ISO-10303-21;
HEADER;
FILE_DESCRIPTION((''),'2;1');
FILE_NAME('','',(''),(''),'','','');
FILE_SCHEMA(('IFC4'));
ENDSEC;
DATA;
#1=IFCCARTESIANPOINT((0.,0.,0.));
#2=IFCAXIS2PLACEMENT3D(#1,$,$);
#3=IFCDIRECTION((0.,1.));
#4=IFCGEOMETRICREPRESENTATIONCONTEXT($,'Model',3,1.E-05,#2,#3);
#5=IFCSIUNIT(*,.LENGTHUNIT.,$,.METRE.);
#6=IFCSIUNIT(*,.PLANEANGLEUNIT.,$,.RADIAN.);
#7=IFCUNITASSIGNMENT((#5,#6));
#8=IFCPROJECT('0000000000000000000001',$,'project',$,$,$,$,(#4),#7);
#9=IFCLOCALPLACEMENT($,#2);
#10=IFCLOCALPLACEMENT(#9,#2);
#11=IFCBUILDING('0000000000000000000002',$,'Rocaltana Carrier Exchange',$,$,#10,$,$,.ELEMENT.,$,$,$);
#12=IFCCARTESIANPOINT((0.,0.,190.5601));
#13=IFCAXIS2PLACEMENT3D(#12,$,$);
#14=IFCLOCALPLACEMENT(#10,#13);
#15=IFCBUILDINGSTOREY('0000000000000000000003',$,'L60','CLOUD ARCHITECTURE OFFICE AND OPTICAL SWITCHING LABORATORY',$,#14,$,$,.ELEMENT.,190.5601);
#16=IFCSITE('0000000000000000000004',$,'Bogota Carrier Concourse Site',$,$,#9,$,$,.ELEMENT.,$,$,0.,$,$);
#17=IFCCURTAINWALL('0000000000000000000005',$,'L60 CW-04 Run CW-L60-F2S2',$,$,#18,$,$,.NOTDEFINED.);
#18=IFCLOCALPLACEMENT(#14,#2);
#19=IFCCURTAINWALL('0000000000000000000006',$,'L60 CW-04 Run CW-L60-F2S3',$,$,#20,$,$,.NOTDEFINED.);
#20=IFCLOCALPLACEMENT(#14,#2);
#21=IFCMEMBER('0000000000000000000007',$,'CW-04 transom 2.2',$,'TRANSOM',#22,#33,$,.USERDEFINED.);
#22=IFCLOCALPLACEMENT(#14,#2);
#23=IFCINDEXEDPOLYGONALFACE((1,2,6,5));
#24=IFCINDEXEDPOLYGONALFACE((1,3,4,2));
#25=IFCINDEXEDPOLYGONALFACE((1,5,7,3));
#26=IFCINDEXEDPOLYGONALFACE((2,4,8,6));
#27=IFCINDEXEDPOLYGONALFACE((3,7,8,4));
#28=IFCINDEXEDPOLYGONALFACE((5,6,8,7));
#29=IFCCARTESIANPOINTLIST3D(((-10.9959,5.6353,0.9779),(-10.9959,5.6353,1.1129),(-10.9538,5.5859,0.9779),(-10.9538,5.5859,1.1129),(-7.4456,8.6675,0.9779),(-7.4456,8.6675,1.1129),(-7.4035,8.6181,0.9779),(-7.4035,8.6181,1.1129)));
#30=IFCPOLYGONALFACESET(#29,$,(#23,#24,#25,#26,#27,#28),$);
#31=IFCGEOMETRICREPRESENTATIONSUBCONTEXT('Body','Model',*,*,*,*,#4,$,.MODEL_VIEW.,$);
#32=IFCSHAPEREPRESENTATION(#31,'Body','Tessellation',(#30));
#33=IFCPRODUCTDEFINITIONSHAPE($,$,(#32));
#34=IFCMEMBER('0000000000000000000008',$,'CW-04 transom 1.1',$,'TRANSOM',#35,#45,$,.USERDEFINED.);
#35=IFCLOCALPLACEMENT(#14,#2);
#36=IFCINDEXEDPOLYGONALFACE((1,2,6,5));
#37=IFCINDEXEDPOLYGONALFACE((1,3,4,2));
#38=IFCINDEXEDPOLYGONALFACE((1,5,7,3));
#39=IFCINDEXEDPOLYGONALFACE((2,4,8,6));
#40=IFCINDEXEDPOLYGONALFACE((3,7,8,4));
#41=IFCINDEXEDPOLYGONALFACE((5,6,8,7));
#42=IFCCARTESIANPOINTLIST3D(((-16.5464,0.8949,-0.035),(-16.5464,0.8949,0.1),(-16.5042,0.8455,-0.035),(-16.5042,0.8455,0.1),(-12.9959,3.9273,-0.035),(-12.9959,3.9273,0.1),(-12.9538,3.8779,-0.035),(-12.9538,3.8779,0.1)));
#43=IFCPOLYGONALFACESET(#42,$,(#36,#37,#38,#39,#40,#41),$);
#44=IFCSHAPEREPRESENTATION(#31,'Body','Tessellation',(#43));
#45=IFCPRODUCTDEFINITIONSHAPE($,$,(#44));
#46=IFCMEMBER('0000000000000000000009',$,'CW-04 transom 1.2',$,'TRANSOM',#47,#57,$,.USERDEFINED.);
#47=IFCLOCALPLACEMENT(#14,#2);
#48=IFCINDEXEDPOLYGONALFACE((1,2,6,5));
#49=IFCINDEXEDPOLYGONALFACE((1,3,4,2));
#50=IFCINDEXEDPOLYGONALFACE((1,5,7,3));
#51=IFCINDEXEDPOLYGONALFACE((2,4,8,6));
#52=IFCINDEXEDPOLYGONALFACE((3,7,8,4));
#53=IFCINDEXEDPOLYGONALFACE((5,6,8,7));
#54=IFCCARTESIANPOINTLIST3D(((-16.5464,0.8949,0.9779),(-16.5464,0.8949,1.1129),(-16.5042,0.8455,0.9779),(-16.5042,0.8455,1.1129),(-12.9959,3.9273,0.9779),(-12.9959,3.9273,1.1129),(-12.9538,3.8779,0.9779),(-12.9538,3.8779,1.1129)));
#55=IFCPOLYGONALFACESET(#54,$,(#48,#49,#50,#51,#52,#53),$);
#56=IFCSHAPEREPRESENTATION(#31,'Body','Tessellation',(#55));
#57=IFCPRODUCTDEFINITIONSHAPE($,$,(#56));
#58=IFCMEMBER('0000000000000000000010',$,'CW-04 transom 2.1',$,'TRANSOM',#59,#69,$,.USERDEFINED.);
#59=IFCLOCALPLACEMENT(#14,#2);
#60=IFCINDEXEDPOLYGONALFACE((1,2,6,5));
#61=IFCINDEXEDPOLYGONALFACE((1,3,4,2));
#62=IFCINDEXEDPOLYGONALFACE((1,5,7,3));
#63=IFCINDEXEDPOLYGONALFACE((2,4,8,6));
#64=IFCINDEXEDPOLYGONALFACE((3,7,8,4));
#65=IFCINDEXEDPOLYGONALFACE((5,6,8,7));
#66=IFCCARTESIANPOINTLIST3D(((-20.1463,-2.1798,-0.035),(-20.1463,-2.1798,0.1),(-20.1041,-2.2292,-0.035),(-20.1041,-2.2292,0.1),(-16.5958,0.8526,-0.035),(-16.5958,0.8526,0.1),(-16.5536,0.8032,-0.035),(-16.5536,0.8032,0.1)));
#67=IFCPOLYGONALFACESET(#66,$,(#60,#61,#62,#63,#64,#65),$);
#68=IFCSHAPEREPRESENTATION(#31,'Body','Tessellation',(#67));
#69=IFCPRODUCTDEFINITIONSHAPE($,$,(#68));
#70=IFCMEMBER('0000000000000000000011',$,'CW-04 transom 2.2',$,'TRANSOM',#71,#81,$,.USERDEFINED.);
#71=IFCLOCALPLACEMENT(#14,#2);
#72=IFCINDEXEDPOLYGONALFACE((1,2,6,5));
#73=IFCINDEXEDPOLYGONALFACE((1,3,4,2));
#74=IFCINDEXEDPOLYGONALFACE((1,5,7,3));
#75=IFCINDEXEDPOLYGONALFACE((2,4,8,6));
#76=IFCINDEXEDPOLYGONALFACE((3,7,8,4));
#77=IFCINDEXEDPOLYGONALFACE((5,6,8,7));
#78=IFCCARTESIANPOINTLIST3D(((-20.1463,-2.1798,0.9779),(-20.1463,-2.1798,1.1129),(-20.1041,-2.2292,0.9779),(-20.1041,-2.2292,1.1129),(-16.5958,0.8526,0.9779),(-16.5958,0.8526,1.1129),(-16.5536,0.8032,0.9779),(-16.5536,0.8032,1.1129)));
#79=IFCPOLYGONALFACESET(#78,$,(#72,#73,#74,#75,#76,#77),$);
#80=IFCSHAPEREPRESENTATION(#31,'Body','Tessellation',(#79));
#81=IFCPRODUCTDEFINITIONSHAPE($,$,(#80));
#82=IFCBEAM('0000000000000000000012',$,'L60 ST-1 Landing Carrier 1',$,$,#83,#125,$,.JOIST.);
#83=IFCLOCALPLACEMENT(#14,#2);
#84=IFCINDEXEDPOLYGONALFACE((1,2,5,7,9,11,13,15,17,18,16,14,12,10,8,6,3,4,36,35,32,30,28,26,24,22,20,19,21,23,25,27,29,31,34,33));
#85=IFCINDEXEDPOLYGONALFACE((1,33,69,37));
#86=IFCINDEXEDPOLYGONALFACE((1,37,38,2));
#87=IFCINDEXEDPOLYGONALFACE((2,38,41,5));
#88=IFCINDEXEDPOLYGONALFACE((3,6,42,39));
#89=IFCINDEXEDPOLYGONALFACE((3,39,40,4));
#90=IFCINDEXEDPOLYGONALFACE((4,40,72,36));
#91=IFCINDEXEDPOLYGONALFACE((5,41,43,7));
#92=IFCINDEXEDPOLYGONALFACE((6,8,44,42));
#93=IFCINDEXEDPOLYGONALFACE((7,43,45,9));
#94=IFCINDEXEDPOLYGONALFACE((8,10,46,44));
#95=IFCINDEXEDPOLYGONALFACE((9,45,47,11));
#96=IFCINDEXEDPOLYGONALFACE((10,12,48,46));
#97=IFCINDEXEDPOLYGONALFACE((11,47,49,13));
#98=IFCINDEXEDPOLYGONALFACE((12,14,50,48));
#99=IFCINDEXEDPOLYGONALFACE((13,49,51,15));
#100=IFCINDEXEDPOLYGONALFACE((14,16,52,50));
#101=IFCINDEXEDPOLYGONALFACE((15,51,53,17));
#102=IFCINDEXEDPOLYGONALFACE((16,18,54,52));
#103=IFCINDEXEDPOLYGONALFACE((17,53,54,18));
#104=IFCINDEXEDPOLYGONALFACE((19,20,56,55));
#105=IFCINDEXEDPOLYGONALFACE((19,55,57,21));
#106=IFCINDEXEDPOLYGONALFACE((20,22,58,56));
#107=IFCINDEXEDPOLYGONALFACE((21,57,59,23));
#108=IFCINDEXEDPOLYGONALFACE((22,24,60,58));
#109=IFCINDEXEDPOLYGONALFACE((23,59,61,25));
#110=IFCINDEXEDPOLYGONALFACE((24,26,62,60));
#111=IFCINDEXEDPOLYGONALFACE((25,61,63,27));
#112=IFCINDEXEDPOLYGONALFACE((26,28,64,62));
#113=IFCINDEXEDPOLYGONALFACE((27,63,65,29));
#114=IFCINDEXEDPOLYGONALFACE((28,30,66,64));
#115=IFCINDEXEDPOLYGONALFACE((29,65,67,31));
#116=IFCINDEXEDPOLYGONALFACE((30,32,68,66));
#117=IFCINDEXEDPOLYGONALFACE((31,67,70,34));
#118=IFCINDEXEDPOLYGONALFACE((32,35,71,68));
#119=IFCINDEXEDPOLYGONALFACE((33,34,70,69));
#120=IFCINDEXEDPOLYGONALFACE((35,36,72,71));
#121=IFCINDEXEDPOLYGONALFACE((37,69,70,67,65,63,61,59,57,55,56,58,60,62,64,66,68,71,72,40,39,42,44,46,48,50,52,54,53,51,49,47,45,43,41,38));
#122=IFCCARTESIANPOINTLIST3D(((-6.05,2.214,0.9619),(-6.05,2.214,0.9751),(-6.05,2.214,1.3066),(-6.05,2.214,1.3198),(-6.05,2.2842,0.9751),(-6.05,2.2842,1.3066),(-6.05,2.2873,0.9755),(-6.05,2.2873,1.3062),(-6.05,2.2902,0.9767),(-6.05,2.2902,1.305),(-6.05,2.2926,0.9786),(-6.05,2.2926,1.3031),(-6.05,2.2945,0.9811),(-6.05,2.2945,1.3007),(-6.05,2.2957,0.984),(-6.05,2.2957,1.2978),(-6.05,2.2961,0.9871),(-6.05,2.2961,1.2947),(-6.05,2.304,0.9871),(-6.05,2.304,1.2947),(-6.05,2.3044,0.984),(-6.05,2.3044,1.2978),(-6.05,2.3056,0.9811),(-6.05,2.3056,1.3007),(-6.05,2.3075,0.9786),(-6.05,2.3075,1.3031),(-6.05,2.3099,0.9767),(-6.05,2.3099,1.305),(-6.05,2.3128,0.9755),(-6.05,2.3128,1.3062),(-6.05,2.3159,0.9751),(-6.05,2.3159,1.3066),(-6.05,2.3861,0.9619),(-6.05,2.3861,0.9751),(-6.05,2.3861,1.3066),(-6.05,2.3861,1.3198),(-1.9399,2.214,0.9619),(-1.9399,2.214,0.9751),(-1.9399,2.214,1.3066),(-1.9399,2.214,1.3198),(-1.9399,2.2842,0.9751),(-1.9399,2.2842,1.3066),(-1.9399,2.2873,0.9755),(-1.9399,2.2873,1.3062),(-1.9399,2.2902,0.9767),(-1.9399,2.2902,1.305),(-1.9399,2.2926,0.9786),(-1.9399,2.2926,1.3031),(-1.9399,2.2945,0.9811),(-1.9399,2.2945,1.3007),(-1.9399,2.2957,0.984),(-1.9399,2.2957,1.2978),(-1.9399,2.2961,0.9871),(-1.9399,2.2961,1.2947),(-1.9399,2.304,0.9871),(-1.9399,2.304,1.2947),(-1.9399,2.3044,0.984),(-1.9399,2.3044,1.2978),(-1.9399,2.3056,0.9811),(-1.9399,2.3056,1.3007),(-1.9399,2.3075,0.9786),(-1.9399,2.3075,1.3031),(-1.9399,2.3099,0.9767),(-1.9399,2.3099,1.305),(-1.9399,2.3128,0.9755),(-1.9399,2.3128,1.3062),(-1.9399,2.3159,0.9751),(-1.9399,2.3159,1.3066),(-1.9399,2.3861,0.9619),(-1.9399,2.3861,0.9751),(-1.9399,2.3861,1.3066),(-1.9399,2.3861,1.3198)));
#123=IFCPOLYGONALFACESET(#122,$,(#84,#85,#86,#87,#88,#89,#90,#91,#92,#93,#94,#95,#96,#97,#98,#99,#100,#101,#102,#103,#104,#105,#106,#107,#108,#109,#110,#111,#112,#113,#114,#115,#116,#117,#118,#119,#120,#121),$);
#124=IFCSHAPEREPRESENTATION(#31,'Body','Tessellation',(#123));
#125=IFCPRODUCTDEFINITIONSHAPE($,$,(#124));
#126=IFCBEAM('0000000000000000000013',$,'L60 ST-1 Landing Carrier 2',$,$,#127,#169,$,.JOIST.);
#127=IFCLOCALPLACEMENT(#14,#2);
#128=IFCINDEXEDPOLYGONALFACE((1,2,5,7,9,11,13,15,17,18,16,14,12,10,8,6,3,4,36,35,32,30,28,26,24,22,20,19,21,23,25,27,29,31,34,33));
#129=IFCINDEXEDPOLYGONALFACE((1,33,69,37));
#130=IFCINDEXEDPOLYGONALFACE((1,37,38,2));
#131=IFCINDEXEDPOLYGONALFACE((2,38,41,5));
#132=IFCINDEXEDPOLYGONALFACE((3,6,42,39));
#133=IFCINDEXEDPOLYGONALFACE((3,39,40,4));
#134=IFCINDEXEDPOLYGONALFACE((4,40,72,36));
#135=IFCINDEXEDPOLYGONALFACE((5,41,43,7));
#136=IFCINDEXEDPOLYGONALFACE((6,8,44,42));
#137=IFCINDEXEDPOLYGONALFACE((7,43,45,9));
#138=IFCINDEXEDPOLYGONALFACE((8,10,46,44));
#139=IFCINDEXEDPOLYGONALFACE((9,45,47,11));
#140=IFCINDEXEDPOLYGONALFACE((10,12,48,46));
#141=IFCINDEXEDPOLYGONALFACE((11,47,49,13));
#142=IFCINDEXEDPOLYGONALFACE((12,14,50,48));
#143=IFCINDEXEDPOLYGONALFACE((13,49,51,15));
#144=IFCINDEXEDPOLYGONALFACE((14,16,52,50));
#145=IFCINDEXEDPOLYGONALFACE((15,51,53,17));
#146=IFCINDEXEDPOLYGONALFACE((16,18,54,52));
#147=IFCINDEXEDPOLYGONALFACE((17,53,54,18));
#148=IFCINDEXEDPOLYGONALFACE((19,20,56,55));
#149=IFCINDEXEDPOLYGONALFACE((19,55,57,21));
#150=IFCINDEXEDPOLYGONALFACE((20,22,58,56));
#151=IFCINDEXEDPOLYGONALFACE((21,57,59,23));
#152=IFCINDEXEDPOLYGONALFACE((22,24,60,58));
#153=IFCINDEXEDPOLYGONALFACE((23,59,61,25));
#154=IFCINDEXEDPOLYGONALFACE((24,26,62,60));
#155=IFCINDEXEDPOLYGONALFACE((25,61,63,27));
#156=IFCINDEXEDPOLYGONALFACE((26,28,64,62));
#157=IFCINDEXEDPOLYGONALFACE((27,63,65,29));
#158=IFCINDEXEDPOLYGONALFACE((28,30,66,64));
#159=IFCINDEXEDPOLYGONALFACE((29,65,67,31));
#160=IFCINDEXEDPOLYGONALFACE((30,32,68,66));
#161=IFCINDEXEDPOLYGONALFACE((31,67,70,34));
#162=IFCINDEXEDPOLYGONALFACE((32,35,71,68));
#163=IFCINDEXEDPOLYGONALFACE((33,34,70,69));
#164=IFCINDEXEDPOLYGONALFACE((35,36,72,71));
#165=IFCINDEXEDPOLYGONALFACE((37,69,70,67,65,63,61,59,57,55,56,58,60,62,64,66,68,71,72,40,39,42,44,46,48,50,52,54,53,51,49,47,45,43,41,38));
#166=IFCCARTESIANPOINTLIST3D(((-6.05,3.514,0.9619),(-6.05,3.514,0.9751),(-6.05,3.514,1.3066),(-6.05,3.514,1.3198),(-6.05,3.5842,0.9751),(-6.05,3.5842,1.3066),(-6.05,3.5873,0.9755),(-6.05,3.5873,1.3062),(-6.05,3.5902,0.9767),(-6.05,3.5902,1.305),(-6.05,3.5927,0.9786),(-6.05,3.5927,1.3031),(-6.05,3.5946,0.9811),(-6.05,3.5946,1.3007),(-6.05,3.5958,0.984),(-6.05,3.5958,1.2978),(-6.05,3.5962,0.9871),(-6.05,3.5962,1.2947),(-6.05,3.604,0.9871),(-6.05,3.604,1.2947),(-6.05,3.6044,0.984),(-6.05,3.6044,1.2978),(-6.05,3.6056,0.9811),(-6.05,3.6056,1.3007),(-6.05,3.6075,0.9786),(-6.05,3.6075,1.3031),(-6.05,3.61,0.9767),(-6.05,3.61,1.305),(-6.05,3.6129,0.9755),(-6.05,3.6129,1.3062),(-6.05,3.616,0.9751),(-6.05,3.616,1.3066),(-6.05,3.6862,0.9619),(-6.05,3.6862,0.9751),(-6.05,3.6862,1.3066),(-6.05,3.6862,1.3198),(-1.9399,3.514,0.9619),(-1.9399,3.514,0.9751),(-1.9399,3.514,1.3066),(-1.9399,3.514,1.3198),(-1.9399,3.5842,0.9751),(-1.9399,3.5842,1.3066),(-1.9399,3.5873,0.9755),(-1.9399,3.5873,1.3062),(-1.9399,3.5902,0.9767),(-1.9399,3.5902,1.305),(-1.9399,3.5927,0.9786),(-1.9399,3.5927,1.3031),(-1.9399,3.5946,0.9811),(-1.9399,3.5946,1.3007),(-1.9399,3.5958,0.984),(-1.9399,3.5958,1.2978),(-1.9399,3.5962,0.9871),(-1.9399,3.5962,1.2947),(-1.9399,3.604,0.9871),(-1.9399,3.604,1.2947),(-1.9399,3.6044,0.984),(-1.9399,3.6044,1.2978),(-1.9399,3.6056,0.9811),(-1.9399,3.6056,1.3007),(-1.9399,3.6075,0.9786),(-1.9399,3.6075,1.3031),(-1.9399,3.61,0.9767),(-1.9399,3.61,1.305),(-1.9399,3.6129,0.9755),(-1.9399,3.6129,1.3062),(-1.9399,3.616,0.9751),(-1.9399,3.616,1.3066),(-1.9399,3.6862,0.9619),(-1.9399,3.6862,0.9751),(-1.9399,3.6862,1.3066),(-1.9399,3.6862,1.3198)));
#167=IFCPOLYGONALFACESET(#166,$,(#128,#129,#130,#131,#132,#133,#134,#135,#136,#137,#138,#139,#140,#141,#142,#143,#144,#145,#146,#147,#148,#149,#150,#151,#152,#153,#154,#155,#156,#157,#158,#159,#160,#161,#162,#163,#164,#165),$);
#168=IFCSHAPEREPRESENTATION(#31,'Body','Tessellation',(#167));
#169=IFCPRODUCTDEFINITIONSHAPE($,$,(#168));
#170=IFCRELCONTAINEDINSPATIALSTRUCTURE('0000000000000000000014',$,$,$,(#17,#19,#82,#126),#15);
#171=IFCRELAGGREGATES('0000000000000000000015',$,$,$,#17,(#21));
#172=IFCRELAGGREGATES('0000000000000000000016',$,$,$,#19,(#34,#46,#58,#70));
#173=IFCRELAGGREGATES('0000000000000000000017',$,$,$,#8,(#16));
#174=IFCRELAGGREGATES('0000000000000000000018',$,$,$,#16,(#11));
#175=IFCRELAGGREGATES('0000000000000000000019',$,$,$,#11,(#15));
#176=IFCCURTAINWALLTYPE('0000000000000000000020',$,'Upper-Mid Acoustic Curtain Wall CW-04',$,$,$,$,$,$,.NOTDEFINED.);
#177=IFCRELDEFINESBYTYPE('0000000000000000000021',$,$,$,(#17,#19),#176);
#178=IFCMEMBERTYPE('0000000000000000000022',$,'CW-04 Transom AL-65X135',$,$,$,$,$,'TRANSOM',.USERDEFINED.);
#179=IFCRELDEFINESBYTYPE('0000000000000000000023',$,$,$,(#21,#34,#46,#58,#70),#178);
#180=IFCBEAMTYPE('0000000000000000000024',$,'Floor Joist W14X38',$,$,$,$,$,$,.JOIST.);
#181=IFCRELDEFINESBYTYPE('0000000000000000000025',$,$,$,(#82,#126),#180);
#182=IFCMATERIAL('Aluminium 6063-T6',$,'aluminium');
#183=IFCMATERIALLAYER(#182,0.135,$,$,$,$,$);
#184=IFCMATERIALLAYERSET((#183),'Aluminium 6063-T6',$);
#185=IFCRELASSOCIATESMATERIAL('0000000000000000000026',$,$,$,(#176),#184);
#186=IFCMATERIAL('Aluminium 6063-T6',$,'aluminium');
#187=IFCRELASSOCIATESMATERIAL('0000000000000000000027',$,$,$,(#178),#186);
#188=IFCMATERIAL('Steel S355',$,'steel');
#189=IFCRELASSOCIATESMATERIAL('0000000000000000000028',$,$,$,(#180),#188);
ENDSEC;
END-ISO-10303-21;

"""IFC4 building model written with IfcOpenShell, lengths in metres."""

from ifc_helpers import new_model, si_unit, direction, frame, origin, origin_2d, place, context, subcontext, project, spatial, rectangle, i_section, extrude, material, layer, layer_set, material_profile, profile_set, type_object, element, aggregate, save


model = new_model("IFC4")

# Units and contexts
model_context = context("Model", 3, precision=1e-05, world=origin(), true_north=direction((0.0, 1.0)))
body_context = subcontext(model_context, "Body", "Model", "MODEL_VIEW")
ifc_project = project(units=[si_unit("LENGTHUNIT", "METRE"), si_unit("PLANEANGLEUNIT", "RADIAN")], contexts=[model_context])

# Site, building, storey
site_placement = place(None, origin())
site = spatial("IfcSite", under=ifc_project, at=site_placement, Name="Bogota Carrier Concourse Site", CompositionType="ELEMENT", RefElevation=0.0)
building_placement = place(site_placement, origin())
building = spatial("IfcBuilding", under=site, at=building_placement, Name="Rocaltana Carrier Exchange", CompositionType="ELEMENT")
storey_placement = place(building_placement, frame((0.0, 0.0, 190.5601)))
storey = spatial("IfcBuildingStorey", under=building, at=storey_placement, Name="L60", Description="CLOUD ARCHITECTURE OFFICE AND OPTICAL SWITCHING LABORATORY", CompositionType="ELEMENT", Elevation=190.5601)

# Curtain walls
ifc_material_1 = material(Name="Aluminium 6063-T6", Category="aluminium")
ifc_layer_1 = layer(ifc_material_1, 0.135)
ifc_layer_set_1 = layer_set([ifc_layer_1], Name="Aluminium 6063-T6")
curtain_wall_type = type_object("IfcCurtainWallType", Name="Upper-Mid Acoustic Curtain Wall CW-04", PredefinedType="NOTDEFINED", material=ifc_layer_set_1)
curtain_wall_1_placement = place(storey_placement, origin())
curtain_wall_1 = element("IfcCurtainWall", 1, at=curtain_wall_1_placement, inside=storey, type_object=curtain_wall_type, Name="L60 CW-04 Run CW-L60-F2S2", PredefinedType="NOTDEFINED")
curtain_wall_2_placement = place(storey_placement, origin())
curtain_wall_2 = element("IfcCurtainWall", 2, at=curtain_wall_2_placement, inside=storey, type_object=curtain_wall_type, Name="L60 CW-04 Run CW-L60-F2S3", PredefinedType="NOTDEFINED")

# Members
ifc_material_2 = material(Name="Aluminium 6063-T6", Category="aluminium")
ifc_material_profile_1 = material_profile(ifc_material_2, rectangle(XDim=0.0649, YDim=0.135, at=origin_2d()), Name="AL-65X135")
ifc_profile_set_1 = profile_set([ifc_material_profile_1], Name="Aluminium 6063-T6")
member_type_1 = type_object("IfcMemberType", Name="CW-04 Transom AL-65X135", ElementType="TRANSOM", PredefinedType="USERDEFINED", material=ifc_profile_set_1)
member_1_placement = place(storey_placement, frame((-7.4246, 8.6428, 1.0454), z_axis=(-0.760407, -0.649447, 0.0), x_axis=(0.649447, -0.760407, 0.0)))
member_1 = element("IfcMember", 3, at=member_1_placement, type_object=member_type_1, Name="CW-04 transom 2.2", ObjectType="TRANSOM", PredefinedType="USERDEFINED", context=body_context, shape_type="SweptSolid", body=[
    extrude(rectangle(XDim=0.0649, YDim=0.135, at=origin_2d()), origin(), (0.0, 0.0, 1.0), 4.6689),
])
member_2_placement = place(storey_placement, frame((-12.9749, 3.9026, 0.0325), z_axis=(-0.760403, -0.649451, 0.0), x_axis=(0.649451, -0.760403, 0.0)))
member_2 = element("IfcMember", 4, at=member_2_placement, type_object=member_type_1, Name="CW-04 transom 1.1", ObjectType="TRANSOM", PredefinedType="USERDEFINED", context=body_context, shape_type="SweptSolid", body=[
    extrude(rectangle(XDim=0.0649, YDim=0.135, at=origin_2d()), origin(), (0.0, 0.0, 1.0), 4.6692),
])
member_3_placement = place(storey_placement, frame((-12.9749, 3.9026, 1.0454), z_axis=(-0.760403, -0.649451, 0.0), x_axis=(0.649451, -0.760403, 0.0)))
member_3 = element("IfcMember", 5, at=member_3_placement, type_object=member_type_1, Name="CW-04 transom 1.2", ObjectType="TRANSOM", PredefinedType="USERDEFINED", context=body_context, shape_type="SweptSolid", body=[
    extrude(rectangle(XDim=0.0649, YDim=0.135, at=origin_2d()), origin(), (0.0, 0.0, 1.0), 4.6692),
])
member_4_placement = place(storey_placement, frame((-16.5747, 0.8279, 0.0325), z_axis=(-0.760403, -0.649451, 0.0), x_axis=(0.649451, -0.760403, 0.0)))
member_4 = element("IfcMember", 6, at=member_4_placement, type_object=member_type_1, Name="CW-04 transom 2.1", ObjectType="TRANSOM", PredefinedType="USERDEFINED", context=body_context, shape_type="SweptSolid", body=[
    extrude(rectangle(XDim=0.0649, YDim=0.135, at=origin_2d()), origin(), (0.0, 0.0, 1.0), 4.6692),
])
member_5_placement = place(storey_placement, frame((-16.5747, 0.8279, 1.0454), z_axis=(-0.760403, -0.649451, 0.0), x_axis=(0.649451, -0.760403, 0.0)))
member_5 = element("IfcMember", 7, at=member_5_placement, type_object=member_type_1, Name="CW-04 transom 2.2", ObjectType="TRANSOM", PredefinedType="USERDEFINED", context=body_context, shape_type="SweptSolid", body=[
    extrude(rectangle(XDim=0.0649, YDim=0.135, at=origin_2d()), origin(), (0.0, 0.0, 1.0), 4.6692),
])

# Beams
ifc_material_3 = material(Name="Steel S355", Category="steel")
ifc_material_profile_2 = material_profile(ifc_material_3, i_section(OverallWidth=0.1721, OverallDepth=0.3579, WebThickness=0.0078, FlangeThickness=0.0132, FilletRadius=0.012, at=origin_2d()), Name="W14X38")
ifc_profile_set_2 = profile_set([ifc_material_profile_2], Name="Steel S355")
beam_type_1 = type_object("IfcBeamType", Name="Floor Joist W14X38", PredefinedType="JOIST", material=ifc_profile_set_2)
for number, where, z_axis, x_axis, name in (
    (8, (-6.05, 2.3, 1.1409), (1.0, 0.0, 0.0), (0.0, 1.0, 0.0), "L60 ST-1 Landing Carrier 1"),
    (9, (-6.05, 3.6001, 1.1409), (1.0, 0.0, 0.0), (0.0, 1.0, 0.0), "L60 ST-1 Landing Carrier 2"),
):
    element("IfcBeam", number, at=place(storey_placement, frame(where, z_axis=z_axis, x_axis=x_axis)), inside=storey, type_object=beam_type_1, Name=name, PredefinedType="JOIST", context=body_context, shape_type="SweptSolid", body=[
        extrude(i_section(OverallWidth=0.1721, OverallDepth=0.3579, WebThickness=0.0078, FlangeThickness=0.0132, FilletRadius=0.012, at=origin_2d()), origin(), (0.0, 0.0, 1.0), 4.1101),
    ])

aggregate(curtain_wall_1, [member_1])
aggregate(curtain_wall_2, [member_2, member_3, member_4, member_5])

save(model, "model.ifc")
